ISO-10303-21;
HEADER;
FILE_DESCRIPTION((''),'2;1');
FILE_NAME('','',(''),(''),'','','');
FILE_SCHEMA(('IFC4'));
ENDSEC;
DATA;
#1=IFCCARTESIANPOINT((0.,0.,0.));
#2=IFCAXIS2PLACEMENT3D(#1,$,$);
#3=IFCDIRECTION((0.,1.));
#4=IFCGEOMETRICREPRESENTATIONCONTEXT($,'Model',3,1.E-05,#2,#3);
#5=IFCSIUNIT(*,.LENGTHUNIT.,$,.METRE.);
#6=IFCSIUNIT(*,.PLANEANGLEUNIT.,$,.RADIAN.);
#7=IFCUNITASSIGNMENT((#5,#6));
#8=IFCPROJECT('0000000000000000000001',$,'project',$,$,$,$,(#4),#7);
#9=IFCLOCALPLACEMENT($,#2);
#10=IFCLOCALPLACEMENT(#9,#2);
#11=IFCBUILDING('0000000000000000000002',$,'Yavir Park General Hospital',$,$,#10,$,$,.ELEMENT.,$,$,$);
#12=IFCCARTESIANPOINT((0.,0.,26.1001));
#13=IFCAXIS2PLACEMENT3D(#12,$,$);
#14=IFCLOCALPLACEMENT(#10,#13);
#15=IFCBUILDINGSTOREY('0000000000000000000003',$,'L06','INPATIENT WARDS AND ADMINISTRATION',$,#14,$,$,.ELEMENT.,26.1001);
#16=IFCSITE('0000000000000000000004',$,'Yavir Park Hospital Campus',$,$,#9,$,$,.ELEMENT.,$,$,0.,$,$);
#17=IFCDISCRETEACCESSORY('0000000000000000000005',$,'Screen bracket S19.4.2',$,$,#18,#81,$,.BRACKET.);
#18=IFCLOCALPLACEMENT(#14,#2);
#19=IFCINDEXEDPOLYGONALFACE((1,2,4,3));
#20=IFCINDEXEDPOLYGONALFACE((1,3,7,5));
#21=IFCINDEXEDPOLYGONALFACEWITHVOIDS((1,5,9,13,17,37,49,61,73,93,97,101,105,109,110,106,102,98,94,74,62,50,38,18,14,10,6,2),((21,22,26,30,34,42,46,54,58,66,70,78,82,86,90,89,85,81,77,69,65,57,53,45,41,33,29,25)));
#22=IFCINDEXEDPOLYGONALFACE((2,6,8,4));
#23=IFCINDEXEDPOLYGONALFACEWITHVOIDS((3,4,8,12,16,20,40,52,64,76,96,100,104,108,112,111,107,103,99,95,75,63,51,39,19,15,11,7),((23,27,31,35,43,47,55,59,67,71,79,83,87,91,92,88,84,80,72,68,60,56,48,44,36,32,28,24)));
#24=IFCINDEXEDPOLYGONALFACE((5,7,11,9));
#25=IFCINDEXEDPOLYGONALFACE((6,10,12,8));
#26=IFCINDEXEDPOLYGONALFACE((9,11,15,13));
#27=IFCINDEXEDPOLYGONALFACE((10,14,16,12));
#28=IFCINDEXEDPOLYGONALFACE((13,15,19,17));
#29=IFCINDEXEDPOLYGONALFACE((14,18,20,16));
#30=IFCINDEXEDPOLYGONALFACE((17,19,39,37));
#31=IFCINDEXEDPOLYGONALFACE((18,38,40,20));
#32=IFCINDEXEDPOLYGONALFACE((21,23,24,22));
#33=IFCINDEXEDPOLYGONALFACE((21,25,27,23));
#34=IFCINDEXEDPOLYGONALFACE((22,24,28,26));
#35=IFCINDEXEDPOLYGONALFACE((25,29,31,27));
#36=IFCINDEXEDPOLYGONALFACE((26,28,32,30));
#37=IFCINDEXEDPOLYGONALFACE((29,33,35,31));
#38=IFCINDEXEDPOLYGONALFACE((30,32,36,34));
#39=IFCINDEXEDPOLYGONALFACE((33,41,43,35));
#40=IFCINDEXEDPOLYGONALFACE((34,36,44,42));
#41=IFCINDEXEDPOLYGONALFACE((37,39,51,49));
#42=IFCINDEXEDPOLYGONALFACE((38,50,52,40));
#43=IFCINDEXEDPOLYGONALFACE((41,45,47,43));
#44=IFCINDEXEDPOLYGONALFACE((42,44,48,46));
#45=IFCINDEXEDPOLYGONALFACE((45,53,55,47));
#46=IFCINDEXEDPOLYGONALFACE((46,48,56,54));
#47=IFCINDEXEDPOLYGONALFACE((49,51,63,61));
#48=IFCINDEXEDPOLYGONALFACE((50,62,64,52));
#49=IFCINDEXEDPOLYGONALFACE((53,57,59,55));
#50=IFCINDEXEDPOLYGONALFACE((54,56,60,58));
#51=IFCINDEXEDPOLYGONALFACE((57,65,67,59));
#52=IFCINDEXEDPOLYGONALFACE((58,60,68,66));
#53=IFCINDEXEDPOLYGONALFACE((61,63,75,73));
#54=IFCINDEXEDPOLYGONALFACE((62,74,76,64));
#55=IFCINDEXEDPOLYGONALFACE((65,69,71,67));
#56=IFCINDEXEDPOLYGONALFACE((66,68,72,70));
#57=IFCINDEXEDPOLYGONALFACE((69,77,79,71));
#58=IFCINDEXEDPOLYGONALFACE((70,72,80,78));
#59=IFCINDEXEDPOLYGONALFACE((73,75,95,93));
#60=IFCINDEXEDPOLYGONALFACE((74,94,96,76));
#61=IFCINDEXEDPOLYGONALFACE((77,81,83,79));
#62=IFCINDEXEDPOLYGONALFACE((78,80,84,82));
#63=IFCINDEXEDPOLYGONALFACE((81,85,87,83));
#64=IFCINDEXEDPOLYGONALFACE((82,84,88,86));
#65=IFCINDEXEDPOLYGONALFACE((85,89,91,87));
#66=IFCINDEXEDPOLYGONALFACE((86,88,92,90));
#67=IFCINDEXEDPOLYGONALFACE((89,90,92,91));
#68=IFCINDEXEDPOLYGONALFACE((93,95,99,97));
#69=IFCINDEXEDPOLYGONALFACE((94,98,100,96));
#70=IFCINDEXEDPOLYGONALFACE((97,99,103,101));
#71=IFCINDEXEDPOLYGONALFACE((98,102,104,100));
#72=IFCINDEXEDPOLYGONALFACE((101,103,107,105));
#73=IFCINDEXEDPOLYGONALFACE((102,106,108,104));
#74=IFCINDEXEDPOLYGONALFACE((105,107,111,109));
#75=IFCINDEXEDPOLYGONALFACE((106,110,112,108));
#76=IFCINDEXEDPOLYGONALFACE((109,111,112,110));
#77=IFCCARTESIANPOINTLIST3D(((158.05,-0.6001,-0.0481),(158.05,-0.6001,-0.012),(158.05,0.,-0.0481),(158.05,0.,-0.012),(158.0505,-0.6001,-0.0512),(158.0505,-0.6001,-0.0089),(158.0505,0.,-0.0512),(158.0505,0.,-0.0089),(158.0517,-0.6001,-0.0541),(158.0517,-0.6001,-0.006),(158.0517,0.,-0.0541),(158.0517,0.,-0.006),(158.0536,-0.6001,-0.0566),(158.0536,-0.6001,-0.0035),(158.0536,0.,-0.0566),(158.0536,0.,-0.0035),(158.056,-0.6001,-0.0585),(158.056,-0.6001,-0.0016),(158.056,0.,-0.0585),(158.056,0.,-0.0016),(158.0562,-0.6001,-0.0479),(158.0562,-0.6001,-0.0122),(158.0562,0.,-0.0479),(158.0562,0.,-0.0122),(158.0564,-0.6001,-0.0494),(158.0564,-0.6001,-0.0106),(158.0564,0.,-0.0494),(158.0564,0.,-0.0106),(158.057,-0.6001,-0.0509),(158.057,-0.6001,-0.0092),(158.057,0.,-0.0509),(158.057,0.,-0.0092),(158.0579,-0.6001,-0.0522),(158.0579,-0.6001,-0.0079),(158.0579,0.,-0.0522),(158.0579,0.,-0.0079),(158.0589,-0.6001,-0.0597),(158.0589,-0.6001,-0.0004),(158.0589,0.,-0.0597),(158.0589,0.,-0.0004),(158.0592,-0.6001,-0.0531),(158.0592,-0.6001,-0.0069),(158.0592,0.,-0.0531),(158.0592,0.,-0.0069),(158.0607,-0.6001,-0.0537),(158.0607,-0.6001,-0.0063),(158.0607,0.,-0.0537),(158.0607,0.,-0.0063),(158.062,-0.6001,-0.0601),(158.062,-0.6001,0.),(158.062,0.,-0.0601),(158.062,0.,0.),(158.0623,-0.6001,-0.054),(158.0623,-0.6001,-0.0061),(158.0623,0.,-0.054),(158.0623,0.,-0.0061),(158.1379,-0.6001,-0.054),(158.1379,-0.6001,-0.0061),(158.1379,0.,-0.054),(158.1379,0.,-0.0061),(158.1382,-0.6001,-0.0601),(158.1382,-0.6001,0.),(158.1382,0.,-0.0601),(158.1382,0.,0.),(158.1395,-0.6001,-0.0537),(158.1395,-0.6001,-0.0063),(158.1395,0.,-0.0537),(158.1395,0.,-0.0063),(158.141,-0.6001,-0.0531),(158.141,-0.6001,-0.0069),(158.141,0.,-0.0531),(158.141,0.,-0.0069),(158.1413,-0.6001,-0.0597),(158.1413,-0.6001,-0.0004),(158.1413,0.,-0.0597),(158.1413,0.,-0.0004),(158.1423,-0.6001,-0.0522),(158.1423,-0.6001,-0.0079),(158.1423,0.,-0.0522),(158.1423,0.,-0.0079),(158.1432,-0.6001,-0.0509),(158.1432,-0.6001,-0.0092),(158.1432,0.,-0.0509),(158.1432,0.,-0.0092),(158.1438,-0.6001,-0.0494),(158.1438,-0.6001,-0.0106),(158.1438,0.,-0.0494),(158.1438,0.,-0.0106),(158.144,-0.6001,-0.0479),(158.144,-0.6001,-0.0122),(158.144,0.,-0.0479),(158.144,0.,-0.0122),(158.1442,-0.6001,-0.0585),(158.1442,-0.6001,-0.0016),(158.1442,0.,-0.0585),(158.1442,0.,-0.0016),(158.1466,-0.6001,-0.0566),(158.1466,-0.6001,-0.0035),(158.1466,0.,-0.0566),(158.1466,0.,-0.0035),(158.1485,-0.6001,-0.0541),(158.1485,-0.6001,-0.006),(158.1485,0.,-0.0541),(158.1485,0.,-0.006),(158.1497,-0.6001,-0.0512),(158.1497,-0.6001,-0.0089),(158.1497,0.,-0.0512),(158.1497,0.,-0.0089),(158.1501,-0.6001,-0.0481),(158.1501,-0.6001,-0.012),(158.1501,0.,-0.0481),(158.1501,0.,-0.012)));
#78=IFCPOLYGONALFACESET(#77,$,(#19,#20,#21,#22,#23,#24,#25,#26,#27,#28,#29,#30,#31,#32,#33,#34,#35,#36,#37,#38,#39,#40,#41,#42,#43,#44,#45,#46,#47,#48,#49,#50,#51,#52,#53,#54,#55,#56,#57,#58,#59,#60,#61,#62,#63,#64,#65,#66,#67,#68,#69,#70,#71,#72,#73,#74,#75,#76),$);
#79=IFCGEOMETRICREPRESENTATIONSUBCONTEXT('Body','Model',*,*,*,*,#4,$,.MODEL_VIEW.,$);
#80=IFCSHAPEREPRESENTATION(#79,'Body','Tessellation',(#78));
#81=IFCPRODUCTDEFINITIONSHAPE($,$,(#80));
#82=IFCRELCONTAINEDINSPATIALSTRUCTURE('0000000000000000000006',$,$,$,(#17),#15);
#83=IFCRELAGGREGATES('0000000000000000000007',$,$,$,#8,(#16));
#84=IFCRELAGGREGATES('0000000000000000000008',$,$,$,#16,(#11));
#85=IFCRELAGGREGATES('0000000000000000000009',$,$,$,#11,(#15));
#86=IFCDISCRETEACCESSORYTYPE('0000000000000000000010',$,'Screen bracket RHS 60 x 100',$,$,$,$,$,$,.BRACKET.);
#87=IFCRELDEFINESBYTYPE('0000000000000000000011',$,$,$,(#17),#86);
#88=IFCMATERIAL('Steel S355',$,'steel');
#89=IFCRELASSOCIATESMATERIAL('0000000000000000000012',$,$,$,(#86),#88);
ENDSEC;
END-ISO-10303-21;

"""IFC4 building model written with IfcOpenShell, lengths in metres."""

from ifc_helpers import new_model, si_unit, direction, frame, origin, origin_2d, place, context, subcontext, project, spatial, hollow_rectangle, extrude, material, material_profile, profile_set, type_object, element, save


model = new_model("IFC4")

# Units and contexts
model_context = context("Model", 3, precision=1e-05, world=origin(), true_north=direction((0.0, 1.0)))
body_context = subcontext(model_context, "Body", "Model", "MODEL_VIEW")
ifc_project = project(units=[si_unit("LENGTHUNIT", "METRE"), si_unit("PLANEANGLEUNIT", "RADIAN")], contexts=[model_context])

# Site, building, storey
site_placement = place(None, origin())
site = spatial("IfcSite", under=ifc_project, at=site_placement, Name="Yavir Park Hospital Campus", CompositionType="ELEMENT", RefElevation=0.0)
building_placement = place(site_placement, origin())
building = spatial("IfcBuilding", under=site, at=building_placement, Name="Yavir Park General Hospital", CompositionType="ELEMENT")
storey_placement = place(building_placement, frame((0.0, 0.0, 26.1001)))
storey = spatial("IfcBuildingStorey", under=building, at=storey_placement, Name="L06", Description="INPATIENT WARDS AND ADMINISTRATION", CompositionType="ELEMENT", Elevation=26.1001)

# Discrete accessory
ifc_material_1 = material(Name="Steel S355", Category="steel")
ifc_material_profile_1 = material_profile(ifc_material_1, hollow_rectangle(XDim=0.1001, YDim=0.0601, WallThickness=0.0061, InnerFilletRadius=0.0061, OuterFilletRadius=0.012, at=origin_2d()), Name="RHS60x100x6")
ifc_profile_set_1 = profile_set([ifc_material_profile_1], Name="Steel S355")
discrete_accessory_type = type_object("IfcDiscreteAccessoryType", Name="Screen bracket RHS 60 x 100", PredefinedType="BRACKET", material=ifc_profile_set_1)
discrete_accessory_placement = place(storey_placement, frame((158.1001, 0.0, -0.03), z_axis=(0.0, -1.0, 0.0), x_axis=(1.0, 0.0, 0.0)))
element("IfcDiscreteAccessory", 1, at=discrete_accessory_placement, inside=storey, type_object=discrete_accessory_type, Name="Screen bracket S19.4.2", PredefinedType="BRACKET", context=body_context, shape_type="SweptSolid", body=[
    extrude(hollow_rectangle(XDim=0.1001, YDim=0.0601, WallThickness=0.0061, InnerFilletRadius=0.0061, OuterFilletRadius=0.012, at=origin_2d()), origin(), (0.0, 0.0, 1.0), 0.6001),
])

save(model, "model.ifc")
